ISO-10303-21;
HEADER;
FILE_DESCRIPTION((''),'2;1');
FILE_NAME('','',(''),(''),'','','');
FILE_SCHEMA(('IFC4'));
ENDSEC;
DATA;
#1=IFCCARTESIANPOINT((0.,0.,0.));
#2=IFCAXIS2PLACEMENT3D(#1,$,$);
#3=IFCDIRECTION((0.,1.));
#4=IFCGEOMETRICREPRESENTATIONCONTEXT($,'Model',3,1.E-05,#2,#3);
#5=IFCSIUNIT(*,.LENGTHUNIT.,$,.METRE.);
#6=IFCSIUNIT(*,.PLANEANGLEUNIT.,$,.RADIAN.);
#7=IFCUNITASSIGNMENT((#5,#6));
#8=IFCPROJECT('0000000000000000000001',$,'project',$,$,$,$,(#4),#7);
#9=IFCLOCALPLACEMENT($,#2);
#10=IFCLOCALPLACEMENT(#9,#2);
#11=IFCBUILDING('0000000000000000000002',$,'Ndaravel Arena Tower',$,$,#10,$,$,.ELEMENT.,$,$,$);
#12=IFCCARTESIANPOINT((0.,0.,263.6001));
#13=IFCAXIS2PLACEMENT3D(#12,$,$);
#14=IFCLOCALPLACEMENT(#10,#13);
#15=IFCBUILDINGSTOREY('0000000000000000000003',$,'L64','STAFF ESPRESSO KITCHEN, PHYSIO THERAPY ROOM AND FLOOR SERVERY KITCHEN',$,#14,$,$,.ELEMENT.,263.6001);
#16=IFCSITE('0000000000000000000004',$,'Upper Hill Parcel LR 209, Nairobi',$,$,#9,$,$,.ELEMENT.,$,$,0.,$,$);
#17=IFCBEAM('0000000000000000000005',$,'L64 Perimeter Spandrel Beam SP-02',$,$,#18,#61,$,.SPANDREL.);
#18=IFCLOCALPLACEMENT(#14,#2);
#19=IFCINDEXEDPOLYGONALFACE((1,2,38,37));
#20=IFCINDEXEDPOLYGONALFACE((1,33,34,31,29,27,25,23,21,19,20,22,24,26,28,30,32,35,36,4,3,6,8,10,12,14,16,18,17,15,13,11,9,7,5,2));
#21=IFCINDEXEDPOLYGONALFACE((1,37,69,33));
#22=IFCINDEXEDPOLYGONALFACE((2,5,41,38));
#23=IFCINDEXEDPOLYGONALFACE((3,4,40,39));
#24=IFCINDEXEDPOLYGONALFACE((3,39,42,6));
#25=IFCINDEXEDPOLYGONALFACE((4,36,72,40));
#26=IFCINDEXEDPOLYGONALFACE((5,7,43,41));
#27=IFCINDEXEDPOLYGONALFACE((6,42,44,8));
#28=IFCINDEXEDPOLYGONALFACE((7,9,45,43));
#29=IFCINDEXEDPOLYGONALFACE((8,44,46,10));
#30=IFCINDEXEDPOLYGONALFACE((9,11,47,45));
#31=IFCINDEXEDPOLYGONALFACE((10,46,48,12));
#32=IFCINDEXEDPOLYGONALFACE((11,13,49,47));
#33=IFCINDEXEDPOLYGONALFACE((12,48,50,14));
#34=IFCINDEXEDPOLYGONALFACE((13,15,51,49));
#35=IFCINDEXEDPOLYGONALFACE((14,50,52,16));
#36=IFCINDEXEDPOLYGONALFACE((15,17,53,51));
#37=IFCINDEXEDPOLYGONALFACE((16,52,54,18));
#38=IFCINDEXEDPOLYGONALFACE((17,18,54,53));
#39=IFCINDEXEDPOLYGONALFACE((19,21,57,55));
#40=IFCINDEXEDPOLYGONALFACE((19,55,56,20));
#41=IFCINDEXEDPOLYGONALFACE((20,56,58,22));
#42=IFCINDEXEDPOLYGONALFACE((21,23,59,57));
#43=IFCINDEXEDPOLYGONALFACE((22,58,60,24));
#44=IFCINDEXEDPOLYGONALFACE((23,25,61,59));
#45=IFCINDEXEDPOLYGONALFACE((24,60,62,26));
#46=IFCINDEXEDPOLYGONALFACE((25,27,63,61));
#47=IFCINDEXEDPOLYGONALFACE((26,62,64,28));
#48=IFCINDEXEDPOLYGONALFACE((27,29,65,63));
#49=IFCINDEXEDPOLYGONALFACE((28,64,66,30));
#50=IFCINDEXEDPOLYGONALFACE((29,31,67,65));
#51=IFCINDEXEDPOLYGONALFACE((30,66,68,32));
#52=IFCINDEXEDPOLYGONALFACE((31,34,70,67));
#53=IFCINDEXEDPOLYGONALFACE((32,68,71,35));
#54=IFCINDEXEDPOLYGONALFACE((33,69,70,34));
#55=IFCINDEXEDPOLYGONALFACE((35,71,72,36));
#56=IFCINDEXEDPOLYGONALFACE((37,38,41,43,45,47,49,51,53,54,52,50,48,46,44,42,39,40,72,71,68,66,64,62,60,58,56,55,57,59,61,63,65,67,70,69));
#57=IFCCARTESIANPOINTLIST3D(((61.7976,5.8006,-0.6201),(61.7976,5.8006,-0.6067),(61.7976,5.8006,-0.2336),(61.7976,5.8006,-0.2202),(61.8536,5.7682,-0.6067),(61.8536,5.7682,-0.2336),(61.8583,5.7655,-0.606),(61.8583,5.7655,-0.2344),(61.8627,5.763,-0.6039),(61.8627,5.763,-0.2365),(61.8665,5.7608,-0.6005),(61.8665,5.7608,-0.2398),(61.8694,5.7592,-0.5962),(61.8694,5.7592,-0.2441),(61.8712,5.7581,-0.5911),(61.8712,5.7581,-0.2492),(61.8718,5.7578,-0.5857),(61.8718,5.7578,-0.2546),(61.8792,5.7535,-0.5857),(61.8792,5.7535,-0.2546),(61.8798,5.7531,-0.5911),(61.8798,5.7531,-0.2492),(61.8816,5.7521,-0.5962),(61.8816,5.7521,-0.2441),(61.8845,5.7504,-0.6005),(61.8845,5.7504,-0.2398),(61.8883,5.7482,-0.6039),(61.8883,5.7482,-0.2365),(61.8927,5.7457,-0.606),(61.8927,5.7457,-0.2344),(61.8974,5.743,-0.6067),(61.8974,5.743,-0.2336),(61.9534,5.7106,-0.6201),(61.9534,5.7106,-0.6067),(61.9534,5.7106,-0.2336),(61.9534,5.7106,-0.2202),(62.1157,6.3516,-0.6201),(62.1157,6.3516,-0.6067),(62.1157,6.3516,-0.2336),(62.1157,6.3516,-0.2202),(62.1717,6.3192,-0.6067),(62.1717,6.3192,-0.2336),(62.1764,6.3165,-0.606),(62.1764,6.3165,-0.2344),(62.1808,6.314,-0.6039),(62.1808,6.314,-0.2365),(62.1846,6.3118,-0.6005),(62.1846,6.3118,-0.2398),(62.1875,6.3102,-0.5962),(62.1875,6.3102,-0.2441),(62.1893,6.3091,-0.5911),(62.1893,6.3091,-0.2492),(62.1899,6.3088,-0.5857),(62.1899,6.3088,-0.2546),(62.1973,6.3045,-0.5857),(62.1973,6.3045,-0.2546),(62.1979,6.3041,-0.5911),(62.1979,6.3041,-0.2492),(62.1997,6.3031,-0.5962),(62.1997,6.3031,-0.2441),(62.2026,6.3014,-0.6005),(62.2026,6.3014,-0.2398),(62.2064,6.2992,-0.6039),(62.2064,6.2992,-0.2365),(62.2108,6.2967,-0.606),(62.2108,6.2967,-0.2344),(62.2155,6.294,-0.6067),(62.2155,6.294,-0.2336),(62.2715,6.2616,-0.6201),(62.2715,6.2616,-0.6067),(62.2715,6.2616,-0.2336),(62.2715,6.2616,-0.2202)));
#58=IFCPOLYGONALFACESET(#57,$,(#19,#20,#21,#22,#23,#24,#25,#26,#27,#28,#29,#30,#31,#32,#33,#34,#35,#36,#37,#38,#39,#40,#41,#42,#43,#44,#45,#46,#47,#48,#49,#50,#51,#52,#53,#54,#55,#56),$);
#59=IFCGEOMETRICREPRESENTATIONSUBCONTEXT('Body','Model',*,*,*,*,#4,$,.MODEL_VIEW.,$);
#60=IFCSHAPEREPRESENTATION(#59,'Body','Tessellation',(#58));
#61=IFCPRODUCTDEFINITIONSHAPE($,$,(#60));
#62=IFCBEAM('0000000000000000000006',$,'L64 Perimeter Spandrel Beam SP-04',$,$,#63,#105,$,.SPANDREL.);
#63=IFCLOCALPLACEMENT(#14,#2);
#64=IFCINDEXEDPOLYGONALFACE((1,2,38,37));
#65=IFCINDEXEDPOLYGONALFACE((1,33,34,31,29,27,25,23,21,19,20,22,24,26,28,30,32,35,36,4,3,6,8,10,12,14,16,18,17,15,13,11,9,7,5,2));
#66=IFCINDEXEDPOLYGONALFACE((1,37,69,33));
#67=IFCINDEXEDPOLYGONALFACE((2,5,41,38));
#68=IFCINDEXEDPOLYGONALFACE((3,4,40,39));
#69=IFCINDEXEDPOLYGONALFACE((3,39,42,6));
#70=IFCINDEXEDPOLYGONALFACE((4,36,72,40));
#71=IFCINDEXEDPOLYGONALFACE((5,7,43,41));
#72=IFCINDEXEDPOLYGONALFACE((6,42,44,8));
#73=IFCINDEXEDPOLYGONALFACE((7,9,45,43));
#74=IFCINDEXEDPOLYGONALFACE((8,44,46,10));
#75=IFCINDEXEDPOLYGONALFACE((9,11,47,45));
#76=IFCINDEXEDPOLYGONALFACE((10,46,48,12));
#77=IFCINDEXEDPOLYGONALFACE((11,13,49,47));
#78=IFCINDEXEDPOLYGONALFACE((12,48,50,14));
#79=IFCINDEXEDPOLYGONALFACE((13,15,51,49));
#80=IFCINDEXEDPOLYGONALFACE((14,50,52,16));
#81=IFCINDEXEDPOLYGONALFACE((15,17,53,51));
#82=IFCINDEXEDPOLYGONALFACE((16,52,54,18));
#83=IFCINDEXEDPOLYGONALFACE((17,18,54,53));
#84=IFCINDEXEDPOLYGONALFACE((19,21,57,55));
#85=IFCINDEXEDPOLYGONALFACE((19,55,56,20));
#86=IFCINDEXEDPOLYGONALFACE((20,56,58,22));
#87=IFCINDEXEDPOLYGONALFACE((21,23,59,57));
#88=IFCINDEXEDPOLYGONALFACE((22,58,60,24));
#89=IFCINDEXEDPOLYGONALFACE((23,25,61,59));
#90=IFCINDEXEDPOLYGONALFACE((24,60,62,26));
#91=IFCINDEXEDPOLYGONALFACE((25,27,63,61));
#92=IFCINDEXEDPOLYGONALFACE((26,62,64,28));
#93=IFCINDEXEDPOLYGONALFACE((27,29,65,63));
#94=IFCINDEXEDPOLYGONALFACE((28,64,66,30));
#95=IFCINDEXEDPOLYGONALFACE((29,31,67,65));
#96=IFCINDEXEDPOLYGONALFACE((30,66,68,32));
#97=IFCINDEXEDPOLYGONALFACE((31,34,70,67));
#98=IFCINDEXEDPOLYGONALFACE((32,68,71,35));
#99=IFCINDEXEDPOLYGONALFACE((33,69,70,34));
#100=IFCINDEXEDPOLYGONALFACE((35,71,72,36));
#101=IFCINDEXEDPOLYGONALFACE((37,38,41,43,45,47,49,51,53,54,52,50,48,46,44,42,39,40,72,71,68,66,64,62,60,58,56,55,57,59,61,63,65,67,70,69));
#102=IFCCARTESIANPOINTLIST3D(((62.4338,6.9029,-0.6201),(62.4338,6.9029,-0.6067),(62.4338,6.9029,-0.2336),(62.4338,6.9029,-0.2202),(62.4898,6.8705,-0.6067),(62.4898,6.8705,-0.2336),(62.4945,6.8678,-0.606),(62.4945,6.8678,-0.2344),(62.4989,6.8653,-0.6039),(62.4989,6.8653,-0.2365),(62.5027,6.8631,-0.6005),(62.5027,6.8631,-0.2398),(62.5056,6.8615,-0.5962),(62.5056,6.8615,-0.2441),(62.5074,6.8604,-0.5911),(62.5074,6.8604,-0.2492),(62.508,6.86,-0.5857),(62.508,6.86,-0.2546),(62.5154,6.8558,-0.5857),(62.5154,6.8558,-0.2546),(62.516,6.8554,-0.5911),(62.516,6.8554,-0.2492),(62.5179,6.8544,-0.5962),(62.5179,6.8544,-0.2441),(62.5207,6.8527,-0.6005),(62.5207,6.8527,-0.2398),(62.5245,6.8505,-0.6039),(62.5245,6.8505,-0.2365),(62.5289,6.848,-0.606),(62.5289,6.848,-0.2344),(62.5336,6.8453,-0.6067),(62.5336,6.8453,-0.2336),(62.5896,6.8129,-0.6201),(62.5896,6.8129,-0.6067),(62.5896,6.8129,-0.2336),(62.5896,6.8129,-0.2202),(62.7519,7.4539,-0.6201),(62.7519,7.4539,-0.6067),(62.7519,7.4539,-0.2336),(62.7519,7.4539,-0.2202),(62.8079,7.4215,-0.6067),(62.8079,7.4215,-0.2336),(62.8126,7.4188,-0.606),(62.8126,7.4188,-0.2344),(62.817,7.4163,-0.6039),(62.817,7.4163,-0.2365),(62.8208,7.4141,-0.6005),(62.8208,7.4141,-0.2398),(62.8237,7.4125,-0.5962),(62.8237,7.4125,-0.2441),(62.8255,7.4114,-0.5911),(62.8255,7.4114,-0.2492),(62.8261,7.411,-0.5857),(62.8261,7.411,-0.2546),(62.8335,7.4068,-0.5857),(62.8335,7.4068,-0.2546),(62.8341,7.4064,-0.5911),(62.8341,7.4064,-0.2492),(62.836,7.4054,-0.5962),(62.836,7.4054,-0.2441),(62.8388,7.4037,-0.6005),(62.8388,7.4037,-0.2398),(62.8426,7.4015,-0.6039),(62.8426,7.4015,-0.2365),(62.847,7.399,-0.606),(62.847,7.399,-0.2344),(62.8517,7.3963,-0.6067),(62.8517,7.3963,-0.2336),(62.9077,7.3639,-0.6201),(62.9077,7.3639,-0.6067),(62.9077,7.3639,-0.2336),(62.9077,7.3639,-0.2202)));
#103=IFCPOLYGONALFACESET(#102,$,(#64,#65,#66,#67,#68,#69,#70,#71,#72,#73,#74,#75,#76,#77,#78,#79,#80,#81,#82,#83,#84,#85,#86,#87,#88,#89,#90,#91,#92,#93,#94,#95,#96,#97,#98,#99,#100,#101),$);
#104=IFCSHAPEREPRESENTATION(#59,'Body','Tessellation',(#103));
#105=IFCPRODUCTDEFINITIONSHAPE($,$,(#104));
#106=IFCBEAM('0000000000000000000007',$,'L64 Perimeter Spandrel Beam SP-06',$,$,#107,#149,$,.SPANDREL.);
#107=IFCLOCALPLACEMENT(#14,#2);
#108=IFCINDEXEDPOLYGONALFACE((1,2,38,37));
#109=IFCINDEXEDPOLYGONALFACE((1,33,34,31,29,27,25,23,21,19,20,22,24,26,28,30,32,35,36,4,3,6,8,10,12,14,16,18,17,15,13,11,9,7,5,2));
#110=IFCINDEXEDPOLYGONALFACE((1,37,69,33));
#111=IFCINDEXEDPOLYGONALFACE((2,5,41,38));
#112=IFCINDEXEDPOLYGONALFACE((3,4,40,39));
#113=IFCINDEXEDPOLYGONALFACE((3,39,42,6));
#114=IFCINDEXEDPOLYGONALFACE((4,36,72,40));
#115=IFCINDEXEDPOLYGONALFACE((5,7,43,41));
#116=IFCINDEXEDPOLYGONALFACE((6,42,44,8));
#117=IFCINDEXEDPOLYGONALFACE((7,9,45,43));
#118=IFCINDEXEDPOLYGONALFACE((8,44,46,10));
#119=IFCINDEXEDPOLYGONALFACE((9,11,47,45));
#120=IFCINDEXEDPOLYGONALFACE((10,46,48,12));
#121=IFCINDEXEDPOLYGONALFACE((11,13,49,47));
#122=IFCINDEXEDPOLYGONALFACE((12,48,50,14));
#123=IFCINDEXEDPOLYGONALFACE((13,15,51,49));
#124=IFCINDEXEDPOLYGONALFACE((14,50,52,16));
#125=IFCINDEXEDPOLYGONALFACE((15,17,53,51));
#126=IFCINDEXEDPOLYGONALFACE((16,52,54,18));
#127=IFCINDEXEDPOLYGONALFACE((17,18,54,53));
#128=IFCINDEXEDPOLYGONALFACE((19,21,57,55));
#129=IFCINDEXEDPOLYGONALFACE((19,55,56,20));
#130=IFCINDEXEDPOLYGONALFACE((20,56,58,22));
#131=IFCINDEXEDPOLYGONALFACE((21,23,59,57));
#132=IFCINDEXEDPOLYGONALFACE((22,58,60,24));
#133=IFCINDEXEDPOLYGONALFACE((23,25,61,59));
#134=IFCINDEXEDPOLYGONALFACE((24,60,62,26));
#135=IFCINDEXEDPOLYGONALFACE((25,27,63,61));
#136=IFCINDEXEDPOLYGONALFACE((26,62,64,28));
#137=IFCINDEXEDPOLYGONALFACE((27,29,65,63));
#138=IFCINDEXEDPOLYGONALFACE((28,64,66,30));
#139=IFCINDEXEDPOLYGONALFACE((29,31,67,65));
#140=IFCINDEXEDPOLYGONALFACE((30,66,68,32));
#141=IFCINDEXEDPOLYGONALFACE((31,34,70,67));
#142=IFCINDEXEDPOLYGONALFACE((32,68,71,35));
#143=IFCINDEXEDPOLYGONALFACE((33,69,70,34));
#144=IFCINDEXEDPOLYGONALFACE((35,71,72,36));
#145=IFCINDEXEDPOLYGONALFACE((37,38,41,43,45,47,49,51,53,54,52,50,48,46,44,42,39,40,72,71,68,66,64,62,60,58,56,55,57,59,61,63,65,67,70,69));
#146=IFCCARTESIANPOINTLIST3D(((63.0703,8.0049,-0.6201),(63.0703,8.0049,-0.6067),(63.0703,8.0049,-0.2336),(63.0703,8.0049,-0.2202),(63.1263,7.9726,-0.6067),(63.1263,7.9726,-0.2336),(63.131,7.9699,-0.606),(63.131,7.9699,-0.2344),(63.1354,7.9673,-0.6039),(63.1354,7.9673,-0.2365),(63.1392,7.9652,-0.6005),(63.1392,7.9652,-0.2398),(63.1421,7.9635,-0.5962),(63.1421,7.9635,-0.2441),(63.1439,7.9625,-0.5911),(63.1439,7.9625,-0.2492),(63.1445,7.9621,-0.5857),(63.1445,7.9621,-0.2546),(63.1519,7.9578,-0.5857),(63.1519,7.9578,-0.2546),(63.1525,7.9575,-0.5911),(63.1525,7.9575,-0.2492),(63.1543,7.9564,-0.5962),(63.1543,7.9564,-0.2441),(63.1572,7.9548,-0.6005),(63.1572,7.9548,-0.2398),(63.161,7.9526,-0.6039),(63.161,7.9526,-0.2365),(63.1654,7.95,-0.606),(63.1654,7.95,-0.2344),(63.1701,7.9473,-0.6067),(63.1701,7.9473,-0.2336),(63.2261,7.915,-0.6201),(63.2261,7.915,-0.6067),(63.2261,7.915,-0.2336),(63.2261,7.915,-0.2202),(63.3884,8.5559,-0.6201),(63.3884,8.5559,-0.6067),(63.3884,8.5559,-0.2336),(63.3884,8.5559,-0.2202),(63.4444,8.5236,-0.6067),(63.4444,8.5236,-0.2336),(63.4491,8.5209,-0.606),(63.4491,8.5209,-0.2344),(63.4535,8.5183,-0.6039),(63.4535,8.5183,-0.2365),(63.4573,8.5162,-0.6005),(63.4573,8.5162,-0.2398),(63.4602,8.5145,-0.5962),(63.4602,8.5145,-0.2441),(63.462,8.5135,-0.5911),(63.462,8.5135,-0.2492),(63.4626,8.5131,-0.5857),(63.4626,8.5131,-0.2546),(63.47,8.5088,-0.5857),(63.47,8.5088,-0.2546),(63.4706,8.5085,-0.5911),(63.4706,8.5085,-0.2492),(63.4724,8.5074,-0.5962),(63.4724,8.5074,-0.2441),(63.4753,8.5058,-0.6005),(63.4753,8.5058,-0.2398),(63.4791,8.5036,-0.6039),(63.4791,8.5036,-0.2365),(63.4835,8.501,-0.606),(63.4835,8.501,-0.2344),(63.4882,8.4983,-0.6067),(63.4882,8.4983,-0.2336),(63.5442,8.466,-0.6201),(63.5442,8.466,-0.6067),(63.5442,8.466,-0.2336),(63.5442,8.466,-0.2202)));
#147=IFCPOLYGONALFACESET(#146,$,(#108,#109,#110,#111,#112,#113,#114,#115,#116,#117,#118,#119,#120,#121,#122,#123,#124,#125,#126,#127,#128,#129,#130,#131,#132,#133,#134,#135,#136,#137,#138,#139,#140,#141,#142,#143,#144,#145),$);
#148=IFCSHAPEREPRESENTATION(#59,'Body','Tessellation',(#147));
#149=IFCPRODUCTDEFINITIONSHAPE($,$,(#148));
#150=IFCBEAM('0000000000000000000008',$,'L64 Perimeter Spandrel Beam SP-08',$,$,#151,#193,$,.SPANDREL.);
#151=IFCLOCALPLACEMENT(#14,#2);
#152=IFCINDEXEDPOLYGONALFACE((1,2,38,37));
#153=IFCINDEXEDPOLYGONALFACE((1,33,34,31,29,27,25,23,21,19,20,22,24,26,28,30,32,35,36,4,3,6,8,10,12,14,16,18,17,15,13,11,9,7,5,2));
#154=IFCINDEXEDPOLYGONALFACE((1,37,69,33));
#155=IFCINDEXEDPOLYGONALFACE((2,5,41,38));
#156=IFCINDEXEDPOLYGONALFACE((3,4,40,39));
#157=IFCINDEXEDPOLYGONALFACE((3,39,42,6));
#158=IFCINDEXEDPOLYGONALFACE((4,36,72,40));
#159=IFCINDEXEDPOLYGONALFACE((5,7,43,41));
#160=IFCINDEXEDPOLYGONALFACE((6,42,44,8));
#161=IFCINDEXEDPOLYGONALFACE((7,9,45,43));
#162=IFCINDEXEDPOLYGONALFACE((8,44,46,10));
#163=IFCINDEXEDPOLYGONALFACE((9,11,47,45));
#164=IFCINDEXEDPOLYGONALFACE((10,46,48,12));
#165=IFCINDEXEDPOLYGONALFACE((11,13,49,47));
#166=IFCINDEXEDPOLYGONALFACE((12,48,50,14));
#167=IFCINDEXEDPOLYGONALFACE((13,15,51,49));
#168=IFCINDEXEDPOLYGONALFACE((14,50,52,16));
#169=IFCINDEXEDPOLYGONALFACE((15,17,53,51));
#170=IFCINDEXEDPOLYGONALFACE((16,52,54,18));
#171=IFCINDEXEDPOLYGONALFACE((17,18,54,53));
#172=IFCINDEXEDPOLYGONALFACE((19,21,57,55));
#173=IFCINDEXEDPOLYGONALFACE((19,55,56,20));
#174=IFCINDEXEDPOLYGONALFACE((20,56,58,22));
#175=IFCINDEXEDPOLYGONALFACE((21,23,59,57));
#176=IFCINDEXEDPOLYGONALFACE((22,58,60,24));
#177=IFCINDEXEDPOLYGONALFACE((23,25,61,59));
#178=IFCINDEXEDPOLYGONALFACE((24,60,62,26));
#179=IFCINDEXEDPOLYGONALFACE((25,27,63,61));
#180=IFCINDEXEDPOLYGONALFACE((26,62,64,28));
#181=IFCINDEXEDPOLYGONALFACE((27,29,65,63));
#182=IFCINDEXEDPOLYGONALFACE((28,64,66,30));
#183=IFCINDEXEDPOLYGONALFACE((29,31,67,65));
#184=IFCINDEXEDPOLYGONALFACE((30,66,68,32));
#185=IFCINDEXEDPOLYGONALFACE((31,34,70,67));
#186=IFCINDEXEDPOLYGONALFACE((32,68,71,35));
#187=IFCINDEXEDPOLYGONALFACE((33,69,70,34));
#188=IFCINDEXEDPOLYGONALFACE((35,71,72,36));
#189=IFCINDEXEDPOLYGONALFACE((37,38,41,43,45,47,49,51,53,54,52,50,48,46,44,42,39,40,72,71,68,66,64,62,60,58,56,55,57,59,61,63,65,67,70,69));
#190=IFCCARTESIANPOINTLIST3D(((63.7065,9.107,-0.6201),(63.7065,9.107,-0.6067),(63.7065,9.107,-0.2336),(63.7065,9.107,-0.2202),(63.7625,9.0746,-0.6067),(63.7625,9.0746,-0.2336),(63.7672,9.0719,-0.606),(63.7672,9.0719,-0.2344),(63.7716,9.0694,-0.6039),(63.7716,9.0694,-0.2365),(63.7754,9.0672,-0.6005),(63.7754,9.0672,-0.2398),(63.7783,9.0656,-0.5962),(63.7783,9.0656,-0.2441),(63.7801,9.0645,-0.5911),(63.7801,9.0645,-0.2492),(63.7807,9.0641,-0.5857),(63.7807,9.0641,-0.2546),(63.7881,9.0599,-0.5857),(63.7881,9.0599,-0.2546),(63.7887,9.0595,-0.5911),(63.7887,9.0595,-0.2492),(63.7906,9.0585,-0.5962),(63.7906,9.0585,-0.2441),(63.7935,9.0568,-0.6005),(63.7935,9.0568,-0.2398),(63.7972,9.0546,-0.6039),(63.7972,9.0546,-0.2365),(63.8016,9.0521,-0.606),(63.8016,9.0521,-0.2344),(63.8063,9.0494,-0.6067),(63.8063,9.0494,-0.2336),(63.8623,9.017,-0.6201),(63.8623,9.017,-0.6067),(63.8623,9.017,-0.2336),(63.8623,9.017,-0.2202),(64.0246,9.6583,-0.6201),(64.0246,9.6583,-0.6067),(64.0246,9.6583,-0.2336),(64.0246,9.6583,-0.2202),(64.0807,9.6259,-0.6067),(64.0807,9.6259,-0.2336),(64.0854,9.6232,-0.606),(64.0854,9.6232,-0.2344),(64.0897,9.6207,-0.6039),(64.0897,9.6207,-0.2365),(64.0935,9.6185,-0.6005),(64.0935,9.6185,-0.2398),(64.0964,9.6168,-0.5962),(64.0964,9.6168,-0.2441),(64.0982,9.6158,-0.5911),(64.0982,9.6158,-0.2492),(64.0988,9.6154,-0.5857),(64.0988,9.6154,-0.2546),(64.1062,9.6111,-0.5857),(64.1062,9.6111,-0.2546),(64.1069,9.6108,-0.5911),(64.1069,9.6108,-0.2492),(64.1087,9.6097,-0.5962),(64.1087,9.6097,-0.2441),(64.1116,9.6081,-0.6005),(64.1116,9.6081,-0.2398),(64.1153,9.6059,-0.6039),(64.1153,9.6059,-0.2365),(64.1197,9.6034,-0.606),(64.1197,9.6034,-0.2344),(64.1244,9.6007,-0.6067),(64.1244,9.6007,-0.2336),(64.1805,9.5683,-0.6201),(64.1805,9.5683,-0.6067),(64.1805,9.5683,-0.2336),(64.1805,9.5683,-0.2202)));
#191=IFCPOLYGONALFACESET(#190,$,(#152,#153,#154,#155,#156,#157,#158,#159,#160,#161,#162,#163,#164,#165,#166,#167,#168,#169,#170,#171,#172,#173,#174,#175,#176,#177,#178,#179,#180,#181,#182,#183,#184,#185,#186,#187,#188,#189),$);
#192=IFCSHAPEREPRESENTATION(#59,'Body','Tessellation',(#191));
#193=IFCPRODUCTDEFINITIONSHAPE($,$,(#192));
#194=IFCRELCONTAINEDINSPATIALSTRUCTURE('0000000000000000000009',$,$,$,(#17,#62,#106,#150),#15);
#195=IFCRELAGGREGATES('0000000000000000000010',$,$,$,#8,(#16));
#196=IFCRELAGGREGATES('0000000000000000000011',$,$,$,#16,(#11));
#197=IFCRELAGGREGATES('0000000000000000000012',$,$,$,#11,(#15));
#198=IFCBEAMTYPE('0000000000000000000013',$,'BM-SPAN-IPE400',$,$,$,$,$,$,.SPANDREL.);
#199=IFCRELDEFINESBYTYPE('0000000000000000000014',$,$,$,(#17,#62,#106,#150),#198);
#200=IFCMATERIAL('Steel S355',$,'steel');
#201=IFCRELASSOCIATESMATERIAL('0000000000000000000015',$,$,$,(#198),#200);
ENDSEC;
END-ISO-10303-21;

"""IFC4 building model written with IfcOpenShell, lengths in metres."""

from ifc_helpers import new_model, si_unit, direction, frame, origin, origin_2d, place, context, subcontext, project, spatial, i_section, extrude, material, material_profile, profile_set, type_object, element, save


model = new_model("IFC4")

# Units and contexts
model_context = context("Model", 3, precision=1e-05, world=origin(), true_north=direction((0.0, 1.0)))
body_context = subcontext(model_context, "Body", "Model", "MODEL_VIEW")
ifc_project = project(units=[si_unit("LENGTHUNIT", "METRE"), si_unit("PLANEANGLEUNIT", "RADIAN")], contexts=[model_context])

# Site, building, storey
site_placement = place(None, origin())
site = spatial("IfcSite", under=ifc_project, at=site_placement, Name="Upper Hill Parcel LR 209, Nairobi", CompositionType="ELEMENT", RefElevation=0.0)
building_placement = place(site_placement, origin())
building = spatial("IfcBuilding", under=site, at=building_placement, Name="Ndaravel Arena Tower", CompositionType="ELEMENT")
storey_placement = place(building_placement, frame((0.0, 0.0, 263.6001)))
storey = spatial("IfcBuildingStorey", under=building, at=storey_placement, Name="L64", Description="STAFF ESPRESSO KITCHEN, PHYSIO THERAPY ROOM AND FLOOR SERVERY KITCHEN", CompositionType="ELEMENT", Elevation=263.6001)

# Beams
ifc_material_1 = material(Name="Steel S355", Category="steel")
ifc_material_profile_1 = material_profile(ifc_material_1, i_section(OverallWidth=0.1799, OverallDepth=0.3999, WebThickness=0.0085, FlangeThickness=0.0134, FilletRadius=0.021, at=origin_2d()), Name="IPE 400")
ifc_profile_set_1 = profile_set([ifc_material_profile_1], Name="Steel S355")
beam_type = type_object("IfcBeamType", Name="BM-SPAN-IPE400", PredefinedType="SPANDREL", material=ifc_profile_set_1)
for number, where, z_axis, x_axis, name in (
    (1, (61.8755, 5.7556, -0.4202), (0.499977, 0.866039, 0.0), (-0.866039, 0.499977, 0.0), "L64 Perimeter Spandrel Beam SP-02"),
    (2, (62.5117, 6.8579, -0.4202), (0.499977, 0.866039, 0.0), (-0.866039, 0.499977, 0.0), "L64 Perimeter Spandrel Beam SP-04"),
    (3, (63.1482, 7.96, -0.4202), (0.499977, 0.866039, 0.0), (-0.866039, 0.499977, 0.0), "L64 Perimeter Spandrel Beam SP-06"),
):
    element("IfcBeam", number, at=place(storey_placement, frame(where, z_axis=z_axis, x_axis=x_axis)), inside=storey, type_object=beam_type, Name=name, PredefinedType="SPANDREL", context=body_context, shape_type="SweptSolid", body=[
        extrude(i_section(OverallWidth=0.1799, OverallDepth=0.3999, WebThickness=0.0085, FlangeThickness=0.0134, FilletRadius=0.021, at=origin_2d()), origin(), (0.0, 0.0, 1.0), 0.6362),
    ])
beam_1_placement = place(storey_placement, frame((63.7844, 9.062, -0.4202), z_axis=(0.499811, 0.866134, 0.0), x_axis=(-0.866134, 0.499811, 0.0)))
element("IfcBeam", 4, at=beam_1_placement, inside=storey, type_object=beam_type, Name="L64 Perimeter Spandrel Beam SP-08", PredefinedType="SPANDREL", context=body_context, shape_type="SweptSolid", body=[
    extrude(i_section(OverallWidth=0.1799, OverallDepth=0.3999, WebThickness=0.0085, FlangeThickness=0.0134, FilletRadius=0.021, at=origin_2d()), origin(), (0.0, 0.0, 1.0), 0.6365),
])

save(model, "model.ifc")
